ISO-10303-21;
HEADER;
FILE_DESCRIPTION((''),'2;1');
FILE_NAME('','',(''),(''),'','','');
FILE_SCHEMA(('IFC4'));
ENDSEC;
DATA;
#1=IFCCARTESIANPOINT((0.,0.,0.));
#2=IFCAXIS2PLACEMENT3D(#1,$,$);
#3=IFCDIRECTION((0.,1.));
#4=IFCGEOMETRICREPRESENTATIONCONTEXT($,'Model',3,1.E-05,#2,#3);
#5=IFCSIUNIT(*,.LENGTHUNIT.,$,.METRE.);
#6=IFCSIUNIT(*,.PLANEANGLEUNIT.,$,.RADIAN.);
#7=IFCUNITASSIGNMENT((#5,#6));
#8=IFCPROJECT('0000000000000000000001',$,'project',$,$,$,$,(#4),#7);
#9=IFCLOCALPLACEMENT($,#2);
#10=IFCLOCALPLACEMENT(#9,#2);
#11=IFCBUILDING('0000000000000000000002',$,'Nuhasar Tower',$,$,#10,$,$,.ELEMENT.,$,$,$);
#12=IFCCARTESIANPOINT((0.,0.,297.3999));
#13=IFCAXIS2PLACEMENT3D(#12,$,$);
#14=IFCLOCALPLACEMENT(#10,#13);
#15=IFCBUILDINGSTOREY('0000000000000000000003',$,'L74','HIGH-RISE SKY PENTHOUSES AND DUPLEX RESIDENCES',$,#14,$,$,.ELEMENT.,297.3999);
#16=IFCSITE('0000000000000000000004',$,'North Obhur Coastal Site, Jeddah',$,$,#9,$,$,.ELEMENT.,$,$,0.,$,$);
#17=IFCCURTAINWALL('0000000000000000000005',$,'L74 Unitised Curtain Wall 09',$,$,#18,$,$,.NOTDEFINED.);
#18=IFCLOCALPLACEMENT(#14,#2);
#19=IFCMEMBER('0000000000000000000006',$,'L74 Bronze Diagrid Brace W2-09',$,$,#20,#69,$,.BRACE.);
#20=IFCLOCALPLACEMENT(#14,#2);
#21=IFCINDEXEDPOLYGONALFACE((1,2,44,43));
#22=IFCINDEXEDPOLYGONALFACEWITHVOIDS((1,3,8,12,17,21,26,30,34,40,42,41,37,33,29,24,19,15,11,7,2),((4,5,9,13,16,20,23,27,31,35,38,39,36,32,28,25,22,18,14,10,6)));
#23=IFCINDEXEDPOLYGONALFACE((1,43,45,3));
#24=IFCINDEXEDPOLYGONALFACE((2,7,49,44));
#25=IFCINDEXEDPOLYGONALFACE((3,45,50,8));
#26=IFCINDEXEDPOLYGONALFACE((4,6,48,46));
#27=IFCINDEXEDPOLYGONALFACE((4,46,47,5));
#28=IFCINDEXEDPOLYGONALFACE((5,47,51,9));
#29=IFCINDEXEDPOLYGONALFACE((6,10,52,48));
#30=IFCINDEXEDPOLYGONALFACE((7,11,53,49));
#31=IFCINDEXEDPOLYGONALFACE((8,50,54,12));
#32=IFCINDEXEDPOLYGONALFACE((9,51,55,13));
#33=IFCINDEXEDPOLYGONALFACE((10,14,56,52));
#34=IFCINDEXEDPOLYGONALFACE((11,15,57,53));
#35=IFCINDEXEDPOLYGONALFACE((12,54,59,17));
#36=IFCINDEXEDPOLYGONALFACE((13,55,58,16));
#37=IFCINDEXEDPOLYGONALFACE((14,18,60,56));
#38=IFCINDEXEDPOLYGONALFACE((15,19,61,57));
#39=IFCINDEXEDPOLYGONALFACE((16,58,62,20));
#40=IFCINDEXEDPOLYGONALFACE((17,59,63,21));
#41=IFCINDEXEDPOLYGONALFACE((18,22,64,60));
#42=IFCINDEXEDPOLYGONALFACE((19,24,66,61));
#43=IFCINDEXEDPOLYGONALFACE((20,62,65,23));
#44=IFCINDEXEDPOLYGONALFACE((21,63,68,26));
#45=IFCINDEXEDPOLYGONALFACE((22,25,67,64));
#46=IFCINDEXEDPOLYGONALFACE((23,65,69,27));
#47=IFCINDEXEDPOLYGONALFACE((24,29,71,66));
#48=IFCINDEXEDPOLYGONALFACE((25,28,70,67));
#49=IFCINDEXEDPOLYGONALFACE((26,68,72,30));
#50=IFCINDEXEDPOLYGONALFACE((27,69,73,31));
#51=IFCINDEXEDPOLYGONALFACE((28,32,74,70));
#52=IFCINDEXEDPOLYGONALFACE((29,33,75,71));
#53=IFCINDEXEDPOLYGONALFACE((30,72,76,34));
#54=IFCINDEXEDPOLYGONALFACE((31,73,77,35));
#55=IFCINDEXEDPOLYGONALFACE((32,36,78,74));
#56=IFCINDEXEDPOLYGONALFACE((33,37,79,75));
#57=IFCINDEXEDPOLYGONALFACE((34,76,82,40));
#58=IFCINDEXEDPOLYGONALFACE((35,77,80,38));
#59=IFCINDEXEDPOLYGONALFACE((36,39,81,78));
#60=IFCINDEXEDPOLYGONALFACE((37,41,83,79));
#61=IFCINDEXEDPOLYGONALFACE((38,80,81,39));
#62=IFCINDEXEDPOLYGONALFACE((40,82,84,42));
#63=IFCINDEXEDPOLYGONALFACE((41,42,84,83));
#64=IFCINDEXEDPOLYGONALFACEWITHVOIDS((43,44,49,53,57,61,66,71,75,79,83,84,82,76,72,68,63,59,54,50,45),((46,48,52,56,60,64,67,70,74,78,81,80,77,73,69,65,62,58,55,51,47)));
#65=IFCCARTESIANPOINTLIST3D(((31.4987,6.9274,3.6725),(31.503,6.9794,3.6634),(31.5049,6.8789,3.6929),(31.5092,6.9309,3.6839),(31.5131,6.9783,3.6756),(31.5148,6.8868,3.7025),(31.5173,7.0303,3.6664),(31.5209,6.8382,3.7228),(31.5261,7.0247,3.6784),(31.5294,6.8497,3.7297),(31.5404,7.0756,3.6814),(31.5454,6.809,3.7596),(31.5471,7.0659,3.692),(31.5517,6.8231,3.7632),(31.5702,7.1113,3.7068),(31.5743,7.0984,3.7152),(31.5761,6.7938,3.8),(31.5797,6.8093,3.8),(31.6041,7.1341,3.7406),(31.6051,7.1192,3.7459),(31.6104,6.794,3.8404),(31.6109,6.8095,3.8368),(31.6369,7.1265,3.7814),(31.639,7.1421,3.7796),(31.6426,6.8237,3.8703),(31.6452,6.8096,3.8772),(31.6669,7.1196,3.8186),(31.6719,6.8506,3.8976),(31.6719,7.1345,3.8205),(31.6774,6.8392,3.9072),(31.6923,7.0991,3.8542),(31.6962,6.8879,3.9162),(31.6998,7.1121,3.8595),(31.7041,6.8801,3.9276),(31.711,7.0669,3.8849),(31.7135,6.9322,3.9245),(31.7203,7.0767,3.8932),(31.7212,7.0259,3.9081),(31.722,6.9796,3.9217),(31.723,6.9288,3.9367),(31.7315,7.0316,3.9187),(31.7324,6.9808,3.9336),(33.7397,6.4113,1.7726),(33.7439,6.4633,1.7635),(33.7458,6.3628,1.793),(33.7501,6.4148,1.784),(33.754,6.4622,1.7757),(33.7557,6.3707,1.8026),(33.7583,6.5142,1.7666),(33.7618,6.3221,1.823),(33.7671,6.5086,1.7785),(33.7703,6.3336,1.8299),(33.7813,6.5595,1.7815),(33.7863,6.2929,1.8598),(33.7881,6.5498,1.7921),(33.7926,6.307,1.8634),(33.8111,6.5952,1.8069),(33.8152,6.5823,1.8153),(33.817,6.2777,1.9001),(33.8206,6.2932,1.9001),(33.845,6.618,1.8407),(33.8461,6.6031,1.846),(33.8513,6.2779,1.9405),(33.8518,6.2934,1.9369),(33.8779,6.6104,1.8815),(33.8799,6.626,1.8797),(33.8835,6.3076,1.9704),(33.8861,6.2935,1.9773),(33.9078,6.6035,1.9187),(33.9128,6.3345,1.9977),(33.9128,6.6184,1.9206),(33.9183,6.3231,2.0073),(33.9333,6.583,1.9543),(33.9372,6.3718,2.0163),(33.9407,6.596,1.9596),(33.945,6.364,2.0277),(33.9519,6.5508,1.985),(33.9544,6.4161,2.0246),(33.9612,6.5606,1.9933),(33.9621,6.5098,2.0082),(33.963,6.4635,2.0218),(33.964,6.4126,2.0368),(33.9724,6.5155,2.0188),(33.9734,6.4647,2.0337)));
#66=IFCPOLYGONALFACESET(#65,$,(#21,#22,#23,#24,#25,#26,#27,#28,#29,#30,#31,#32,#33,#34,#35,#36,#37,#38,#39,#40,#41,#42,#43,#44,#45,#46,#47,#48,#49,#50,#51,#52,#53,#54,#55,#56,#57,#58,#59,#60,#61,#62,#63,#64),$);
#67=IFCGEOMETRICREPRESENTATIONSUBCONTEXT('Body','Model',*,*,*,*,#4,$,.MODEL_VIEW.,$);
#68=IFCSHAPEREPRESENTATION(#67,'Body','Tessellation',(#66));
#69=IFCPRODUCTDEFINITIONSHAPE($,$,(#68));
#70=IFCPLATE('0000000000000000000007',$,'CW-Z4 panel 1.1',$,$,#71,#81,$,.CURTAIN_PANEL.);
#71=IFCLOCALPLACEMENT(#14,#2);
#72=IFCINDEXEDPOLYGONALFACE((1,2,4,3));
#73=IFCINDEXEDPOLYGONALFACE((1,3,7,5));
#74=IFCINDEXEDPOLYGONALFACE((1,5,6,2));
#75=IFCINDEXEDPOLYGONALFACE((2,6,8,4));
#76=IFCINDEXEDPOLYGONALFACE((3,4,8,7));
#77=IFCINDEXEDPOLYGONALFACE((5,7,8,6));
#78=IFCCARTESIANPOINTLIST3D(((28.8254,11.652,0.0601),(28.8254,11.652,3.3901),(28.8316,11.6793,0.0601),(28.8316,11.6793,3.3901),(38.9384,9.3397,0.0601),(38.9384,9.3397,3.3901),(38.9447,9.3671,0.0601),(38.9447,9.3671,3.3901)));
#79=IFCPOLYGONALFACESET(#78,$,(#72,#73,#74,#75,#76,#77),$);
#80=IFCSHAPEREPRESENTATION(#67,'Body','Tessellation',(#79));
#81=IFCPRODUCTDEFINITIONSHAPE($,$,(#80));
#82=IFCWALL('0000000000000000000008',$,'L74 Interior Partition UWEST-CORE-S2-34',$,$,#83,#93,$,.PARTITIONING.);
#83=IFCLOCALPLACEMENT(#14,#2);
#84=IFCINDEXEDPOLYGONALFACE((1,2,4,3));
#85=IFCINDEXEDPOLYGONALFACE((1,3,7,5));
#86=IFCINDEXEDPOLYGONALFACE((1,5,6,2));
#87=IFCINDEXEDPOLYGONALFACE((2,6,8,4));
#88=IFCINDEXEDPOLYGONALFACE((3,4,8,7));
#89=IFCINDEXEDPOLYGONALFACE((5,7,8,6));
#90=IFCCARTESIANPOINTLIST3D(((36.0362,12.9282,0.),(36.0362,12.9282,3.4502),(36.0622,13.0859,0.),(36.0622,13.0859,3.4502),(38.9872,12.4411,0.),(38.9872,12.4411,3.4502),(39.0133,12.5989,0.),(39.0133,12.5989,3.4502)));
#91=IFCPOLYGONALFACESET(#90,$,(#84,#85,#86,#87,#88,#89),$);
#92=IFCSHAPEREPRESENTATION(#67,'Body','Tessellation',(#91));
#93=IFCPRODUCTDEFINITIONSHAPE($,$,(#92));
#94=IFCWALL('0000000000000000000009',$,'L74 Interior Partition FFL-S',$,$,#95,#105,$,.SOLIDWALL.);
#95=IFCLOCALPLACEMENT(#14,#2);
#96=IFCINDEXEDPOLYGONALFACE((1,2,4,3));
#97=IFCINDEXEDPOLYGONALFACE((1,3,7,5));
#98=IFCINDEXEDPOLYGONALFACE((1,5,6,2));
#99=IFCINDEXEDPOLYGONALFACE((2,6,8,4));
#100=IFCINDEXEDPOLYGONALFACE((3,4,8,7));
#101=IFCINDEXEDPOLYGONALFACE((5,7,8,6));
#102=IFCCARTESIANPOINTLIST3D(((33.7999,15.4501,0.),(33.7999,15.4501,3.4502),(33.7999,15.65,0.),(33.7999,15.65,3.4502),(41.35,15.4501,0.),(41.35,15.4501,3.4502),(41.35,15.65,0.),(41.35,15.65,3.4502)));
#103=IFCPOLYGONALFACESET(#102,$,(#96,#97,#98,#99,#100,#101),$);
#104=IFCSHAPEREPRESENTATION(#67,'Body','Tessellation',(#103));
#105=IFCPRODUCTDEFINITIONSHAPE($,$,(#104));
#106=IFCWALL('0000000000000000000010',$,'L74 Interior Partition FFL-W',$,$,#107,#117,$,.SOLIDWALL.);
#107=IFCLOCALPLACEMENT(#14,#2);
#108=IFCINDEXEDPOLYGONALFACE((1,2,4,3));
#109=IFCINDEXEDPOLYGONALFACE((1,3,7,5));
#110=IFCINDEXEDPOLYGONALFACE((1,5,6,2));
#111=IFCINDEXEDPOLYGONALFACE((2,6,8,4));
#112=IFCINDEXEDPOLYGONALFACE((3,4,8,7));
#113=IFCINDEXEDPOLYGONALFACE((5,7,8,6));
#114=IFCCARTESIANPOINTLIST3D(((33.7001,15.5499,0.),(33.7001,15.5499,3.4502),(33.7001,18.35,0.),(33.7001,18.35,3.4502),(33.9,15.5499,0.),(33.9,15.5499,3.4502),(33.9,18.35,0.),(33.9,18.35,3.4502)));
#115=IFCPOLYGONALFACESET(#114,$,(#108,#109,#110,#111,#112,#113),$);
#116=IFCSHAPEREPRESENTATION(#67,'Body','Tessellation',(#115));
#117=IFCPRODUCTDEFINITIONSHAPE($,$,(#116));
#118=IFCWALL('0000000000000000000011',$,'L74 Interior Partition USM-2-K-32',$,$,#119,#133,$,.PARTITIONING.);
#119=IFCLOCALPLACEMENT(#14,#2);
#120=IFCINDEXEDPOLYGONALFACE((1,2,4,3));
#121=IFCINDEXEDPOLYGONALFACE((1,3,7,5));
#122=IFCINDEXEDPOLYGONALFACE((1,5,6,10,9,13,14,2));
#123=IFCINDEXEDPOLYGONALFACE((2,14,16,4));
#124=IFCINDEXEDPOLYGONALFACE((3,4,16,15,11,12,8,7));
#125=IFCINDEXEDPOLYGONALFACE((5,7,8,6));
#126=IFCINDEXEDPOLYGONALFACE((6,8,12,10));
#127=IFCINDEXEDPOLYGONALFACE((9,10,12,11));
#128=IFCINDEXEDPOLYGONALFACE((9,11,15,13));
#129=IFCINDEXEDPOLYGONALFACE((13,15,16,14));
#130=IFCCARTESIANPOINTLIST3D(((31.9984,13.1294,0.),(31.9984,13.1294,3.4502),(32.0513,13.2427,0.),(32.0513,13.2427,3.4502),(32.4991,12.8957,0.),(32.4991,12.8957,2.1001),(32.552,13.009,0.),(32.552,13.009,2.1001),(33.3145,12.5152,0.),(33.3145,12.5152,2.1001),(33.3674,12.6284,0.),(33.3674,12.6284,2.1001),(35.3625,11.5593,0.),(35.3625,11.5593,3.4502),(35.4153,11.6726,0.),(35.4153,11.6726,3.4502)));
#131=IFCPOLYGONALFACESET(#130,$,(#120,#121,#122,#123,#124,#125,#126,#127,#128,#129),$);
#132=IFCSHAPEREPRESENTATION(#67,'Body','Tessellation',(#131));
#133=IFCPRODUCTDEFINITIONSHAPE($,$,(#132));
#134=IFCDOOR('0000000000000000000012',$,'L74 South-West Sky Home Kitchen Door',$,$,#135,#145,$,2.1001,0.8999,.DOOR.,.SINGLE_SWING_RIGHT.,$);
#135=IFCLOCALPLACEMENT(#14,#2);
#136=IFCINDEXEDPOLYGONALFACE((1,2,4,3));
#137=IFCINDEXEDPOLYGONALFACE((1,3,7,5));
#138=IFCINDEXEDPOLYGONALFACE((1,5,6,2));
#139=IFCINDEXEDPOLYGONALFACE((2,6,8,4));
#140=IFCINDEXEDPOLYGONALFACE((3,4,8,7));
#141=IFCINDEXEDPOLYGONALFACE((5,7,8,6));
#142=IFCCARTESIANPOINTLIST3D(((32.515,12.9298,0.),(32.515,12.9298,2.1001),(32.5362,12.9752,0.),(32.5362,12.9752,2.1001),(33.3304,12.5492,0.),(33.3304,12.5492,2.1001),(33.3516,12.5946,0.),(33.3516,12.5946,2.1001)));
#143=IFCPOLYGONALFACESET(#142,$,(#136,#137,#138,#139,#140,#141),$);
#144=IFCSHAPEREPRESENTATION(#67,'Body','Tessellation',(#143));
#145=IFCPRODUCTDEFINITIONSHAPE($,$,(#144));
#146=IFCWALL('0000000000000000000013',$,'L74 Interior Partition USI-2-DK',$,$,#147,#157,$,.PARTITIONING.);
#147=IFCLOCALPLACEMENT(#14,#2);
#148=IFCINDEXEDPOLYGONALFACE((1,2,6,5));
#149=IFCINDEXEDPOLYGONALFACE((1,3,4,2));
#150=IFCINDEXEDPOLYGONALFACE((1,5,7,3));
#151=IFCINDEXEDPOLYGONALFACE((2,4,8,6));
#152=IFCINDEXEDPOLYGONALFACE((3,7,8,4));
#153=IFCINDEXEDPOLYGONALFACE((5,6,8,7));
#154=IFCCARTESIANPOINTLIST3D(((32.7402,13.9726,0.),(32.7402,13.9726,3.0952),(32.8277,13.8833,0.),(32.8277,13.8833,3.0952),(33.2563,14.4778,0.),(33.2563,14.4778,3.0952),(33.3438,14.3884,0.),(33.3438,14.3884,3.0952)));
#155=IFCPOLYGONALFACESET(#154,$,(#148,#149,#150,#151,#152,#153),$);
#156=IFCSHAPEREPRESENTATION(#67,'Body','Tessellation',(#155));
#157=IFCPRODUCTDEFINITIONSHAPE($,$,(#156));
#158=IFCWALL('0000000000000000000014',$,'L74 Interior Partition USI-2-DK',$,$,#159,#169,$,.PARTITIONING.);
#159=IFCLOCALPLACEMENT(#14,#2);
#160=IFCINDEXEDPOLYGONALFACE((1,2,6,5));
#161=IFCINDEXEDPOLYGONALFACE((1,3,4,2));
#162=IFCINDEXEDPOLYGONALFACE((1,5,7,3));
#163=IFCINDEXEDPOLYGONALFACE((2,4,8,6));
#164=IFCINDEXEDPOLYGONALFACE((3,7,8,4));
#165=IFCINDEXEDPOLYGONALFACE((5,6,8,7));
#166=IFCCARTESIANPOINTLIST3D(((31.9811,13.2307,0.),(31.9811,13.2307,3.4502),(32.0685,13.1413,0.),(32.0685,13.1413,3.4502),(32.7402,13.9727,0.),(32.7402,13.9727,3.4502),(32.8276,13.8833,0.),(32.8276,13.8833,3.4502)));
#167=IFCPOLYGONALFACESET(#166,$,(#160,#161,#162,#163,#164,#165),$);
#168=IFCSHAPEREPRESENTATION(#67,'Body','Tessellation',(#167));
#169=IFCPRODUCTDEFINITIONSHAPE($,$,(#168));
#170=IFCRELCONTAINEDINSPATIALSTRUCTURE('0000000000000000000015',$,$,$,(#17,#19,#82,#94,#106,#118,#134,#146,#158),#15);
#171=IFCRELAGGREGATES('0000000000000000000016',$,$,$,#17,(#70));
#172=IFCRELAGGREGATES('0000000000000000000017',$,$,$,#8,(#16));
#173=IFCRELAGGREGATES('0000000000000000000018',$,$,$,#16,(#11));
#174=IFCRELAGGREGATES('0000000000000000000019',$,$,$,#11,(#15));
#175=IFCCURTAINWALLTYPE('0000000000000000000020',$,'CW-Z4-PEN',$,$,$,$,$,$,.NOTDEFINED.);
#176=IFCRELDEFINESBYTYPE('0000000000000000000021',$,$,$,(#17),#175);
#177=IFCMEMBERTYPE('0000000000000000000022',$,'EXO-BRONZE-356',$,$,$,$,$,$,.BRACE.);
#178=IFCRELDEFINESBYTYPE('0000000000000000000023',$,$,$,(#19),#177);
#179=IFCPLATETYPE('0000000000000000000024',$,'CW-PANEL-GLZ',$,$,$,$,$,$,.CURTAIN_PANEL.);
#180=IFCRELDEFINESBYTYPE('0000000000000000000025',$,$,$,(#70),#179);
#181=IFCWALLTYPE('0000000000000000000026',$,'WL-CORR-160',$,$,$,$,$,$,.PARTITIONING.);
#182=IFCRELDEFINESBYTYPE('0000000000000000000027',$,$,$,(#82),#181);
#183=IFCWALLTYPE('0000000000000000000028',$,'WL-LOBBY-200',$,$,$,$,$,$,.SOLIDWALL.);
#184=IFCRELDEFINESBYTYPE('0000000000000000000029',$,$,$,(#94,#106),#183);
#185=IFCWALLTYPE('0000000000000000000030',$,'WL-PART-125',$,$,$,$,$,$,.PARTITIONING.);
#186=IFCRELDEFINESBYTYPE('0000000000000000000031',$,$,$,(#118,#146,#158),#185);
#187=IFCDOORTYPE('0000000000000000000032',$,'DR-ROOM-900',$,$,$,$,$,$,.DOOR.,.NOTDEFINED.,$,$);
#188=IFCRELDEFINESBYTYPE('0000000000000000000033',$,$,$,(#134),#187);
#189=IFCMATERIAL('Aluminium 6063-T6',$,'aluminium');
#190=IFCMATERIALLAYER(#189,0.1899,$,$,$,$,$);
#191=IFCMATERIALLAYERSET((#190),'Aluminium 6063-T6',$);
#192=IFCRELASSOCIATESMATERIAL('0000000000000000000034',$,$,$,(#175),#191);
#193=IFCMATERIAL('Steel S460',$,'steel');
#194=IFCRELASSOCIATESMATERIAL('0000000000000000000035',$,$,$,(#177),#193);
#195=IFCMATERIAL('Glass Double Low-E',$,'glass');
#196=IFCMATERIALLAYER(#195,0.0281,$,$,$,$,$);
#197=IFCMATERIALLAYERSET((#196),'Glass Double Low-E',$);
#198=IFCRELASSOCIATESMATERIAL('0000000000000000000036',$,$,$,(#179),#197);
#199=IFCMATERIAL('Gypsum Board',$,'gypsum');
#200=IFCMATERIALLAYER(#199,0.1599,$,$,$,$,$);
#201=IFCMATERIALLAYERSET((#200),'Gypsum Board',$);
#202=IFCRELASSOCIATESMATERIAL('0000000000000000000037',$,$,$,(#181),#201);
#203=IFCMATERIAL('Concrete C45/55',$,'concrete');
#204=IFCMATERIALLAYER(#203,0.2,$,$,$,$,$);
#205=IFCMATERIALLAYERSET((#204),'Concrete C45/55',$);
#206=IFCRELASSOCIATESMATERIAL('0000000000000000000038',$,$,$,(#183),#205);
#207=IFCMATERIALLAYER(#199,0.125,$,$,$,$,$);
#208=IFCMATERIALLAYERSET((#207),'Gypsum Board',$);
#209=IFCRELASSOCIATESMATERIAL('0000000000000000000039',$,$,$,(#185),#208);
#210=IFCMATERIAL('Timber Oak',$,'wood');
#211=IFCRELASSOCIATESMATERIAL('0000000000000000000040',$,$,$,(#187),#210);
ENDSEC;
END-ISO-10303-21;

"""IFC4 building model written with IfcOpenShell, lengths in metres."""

from ifc_helpers import new_model, si_unit, direction, frame, frame_2d, origin, origin_2d, place, context, subcontext, project, spatial, rectangle, hollow_circle, extrude, material, layer, layer_set, material_profile, profile_set, type_object, element, fill, aggregate, save


model = new_model("IFC4")

# Units and contexts
model_context = context("Model", 3, precision=1e-05, world=origin(), true_north=direction((0.0, 1.0)))
body_context = subcontext(model_context, "Body", "Model", "MODEL_VIEW")
ifc_project = project(units=[si_unit("LENGTHUNIT", "METRE"), si_unit("PLANEANGLEUNIT", "RADIAN")], contexts=[model_context])

# Site, building, storey
site_placement = place(None, origin())
site = spatial("IfcSite", under=ifc_project, at=site_placement, Name="North Obhur Coastal Site, Jeddah", CompositionType="ELEMENT", RefElevation=0.0)
building_placement = place(site_placement, origin())
building = spatial("IfcBuilding", under=site, at=building_placement, Name="Nuhasar Tower", CompositionType="ELEMENT")
storey_placement = place(building_placement, frame((0.0, 0.0, 297.3999)))
storey = spatial("IfcBuildingStorey", under=building, at=storey_placement, Name="L74", Description="HIGH-RISE SKY PENTHOUSES AND DUPLEX RESIDENCES", CompositionType="ELEMENT", Elevation=297.3999)

# Curtain wall
ifc_material_1 = material(Name="Aluminium 6063-T6", Category="aluminium")
ifc_layer_1 = layer(ifc_material_1, 0.1899)
ifc_layer_set_1 = layer_set([ifc_layer_1], Name="Aluminium 6063-T6")
curtain_wall_type = type_object("IfcCurtainWallType", Name="CW-Z4-PEN", PredefinedType="NOTDEFINED", material=ifc_layer_set_1)
curtain_wall_placement = place(storey_placement, origin())
curtain_wall = element("IfcCurtainWall", 1, at=curtain_wall_placement, inside=storey, type_object=curtain_wall_type, Name="L74 Unitised Curtain Wall 09", PredefinedType="NOTDEFINED")

# Member
ifc_material_2 = material(Name="Steel S460", Category="steel")
ifc_material_profile_1 = material_profile(ifc_material_2, hollow_circle(Radius=0.1777, WallThickness=0.0159, at=origin_2d()), Name="HSS355.6X15.9")
ifc_profile_set_1 = profile_set([ifc_material_profile_1], Name="Steel S460")
member_type_1 = type_object("IfcMemberType", Name="EXO-BRONZE-356", PredefinedType="BRACE", material=ifc_profile_set_1)
member_1_placement = place(storey_placement, frame((33.8569, 6.4509, 1.9001), z_axis=(-0.751261, 0.173022, 0.636923), x_axis=(-0.224433, -0.97449, 0.0)))
element("IfcMember", 2, at=member_1_placement, inside=storey, type_object=member_type_1, Name="L74 Bronze Diagrid Brace W2-09", PredefinedType="BRACE", context=body_context, shape_type="SweptSolid", body=[
    extrude(hollow_circle(Radius=0.1777, WallThickness=0.0159, at=origin_2d()), origin(), (0.0, 0.0, 1.0), 2.9829),
])

# Plate
ifc_material_3 = material(Name="Glass Double Low-E", Category="glass")
ifc_layer_2 = layer(ifc_material_3, 0.0281)
ifc_layer_set_2 = layer_set([ifc_layer_2], Name="Glass Double Low-E")
plate_type = type_object("IfcPlateType", Name="CW-PANEL-GLZ", PredefinedType="CURTAIN_PANEL", material=ifc_layer_set_2)
plate_placement = place(storey_placement, frame((33.885, 10.5095, 0.0601), z_axis=(0.0, 0.0, 1.0), x_axis=(0.974844, -0.222889, 0.0)))
plate = element("IfcPlate", 3, at=plate_placement, type_object=plate_type, Name="CW-Z4 panel 1.1", PredefinedType="CURTAIN_PANEL", context=body_context, shape_type="SweptSolid", body=[
    extrude(rectangle(XDim=10.374, YDim=0.0281, at=origin_2d()), origin(), (0.0, 0.0, 1.0), 3.3301),
])
aggregate(curtain_wall, [plate])

# Walls
ifc_material_4 = material(Name="Gypsum Board", Category="gypsum")
ifc_layer_3 = layer(ifc_material_4, 0.1599)
ifc_layer_set_3 = layer_set([ifc_layer_3], Name="Gypsum Board")
wall_type_1 = type_object("IfcWallType", Name="WL-CORR-160", PredefinedType="PARTITIONING", material=ifc_layer_set_3)
wall_1_placement = place(storey_placement, frame((36.0491, 13.0071, 0.0), z_axis=(0.0, 0.0, 1.0), x_axis=(0.986651, -0.16285, 0.0)))
element("IfcWall", 4, at=wall_1_placement, inside=storey, type_object=wall_type_1, Name="L74 Interior Partition UWEST-CORE-S2-34", PredefinedType="PARTITIONING", context=body_context, shape_type="SweptSolid", body=[
    extrude(rectangle(XDim=2.991, YDim=0.1599, at=frame_2d((1.4956, 0.0))), origin(), (0.0, 0.0, 1.0), 3.4502),
])
ifc_material_5 = material(Name="Concrete C45/55", Category="concrete")
ifc_layer_4 = layer(ifc_material_5, 0.2)
ifc_layer_set_4 = layer_set([ifc_layer_4], Name="Concrete C45/55")
wall_type_2 = type_object("IfcWallType", Name="WL-LOBBY-200", PredefinedType="SOLIDWALL", material=ifc_layer_set_4)
wall_2_placement = place(storey_placement, frame((33.8, 15.55, 0.0), z_axis=(0.0, 0.0, 1.0), x_axis=(1.0, 0.0, 0.0)))
element("IfcWall", 5, at=wall_2_placement, inside=storey, type_object=wall_type_2, Name="L74 Interior Partition FFL-S", PredefinedType="SOLIDWALL", context=body_context, shape_type="SweptSolid", body=[
    extrude(rectangle(XDim=7.55, YDim=0.2, at=frame_2d((3.7749, 0.0))), origin(), (0.0, 0.0, 1.0), 3.4502),
])
wall_3_placement = place(storey_placement, frame((33.8, 15.55, 0.0), z_axis=(0.0, 0.0, 1.0), x_axis=(0.0, 1.0, 0.0)))
element("IfcWall", 6, at=wall_3_placement, inside=storey, type_object=wall_type_2, Name="L74 Interior Partition FFL-W", PredefinedType="SOLIDWALL", context=body_context, shape_type="SweptSolid", body=[
    extrude(rectangle(XDim=2.8, YDim=0.2, at=frame_2d((1.3999, 0.0))), origin(), (0.0, 0.0, 1.0), 3.4502),
])

# Wall, opening, door
ifc_layer_5 = layer(ifc_material_4, 0.125)
ifc_layer_set_5 = layer_set([ifc_layer_5], Name="Gypsum Board")
wall_type_3 = type_object("IfcWallType", Name="WL-PART-125", PredefinedType="PARTITIONING", material=ifc_layer_set_5)
wall_4_placement = place(storey_placement, frame((35.3889, 11.616, 0.0), z_axis=(0.0, 0.0, 1.0), x_axis=(-0.906163, 0.422929, 0.0)))
wall_4 = element("IfcWall", 7, at=wall_4_placement, inside=storey, type_object=wall_type_3, Name="L74 Interior Partition USM-2-K-32", PredefinedType="PARTITIONING", context=body_context, shape_type="SweptSolid", body=[
    extrude(rectangle(XDim=3.7124, YDim=0.125, at=frame_2d((1.8562, 0.0))), origin(), (0.0, 0.0, 1.0), 3.4502),
])
opening_1_placement = place(wall_4_placement, frame((2.26, 0.0, 0.0)))
opening_1 = element("IfcOpeningElement", 8, at=opening_1_placement, cuts=wall_4, PredefinedType="OPENING", context=body_context, shape_type="SweptSolid", body=[
    extrude(rectangle(XDim=0.8999, YDim=2.1001, at=frame_2d((0.45, 1.05))), frame((0.0, 0.0725, 0.0), z_axis=(0.0, -1.0, 0.0), x_axis=(1.0, 0.0, 0.0)), (0.0, 0.0, 1.0), 0.145),
])
ifc_material_6 = material(Name="Timber Oak", Category="wood")
door_type = type_object("IfcDoorType", Name="DR-ROOM-900", OperationType="NOTDEFINED", PredefinedType="DOOR", material=ifc_material_6)
door_1_placement = place(opening_1_placement, origin())
door_1 = element("IfcDoor", 9, at=door_1_placement, inside=storey, type_object=door_type, Name="L74 South-West Sky Home Kitchen Door", OperationType="SINGLE_SWING_RIGHT", OverallHeight=2.1001, OverallWidth=0.8999, PredefinedType="DOOR", context=body_context, shape_type="SweptSolid", body=[
    extrude(rectangle(XDim=0.8999, YDim=2.1001, at=frame_2d((0.45, 1.05))), frame((0.0, 0.0249, 0.0), z_axis=(0.0, -1.0, 0.0), x_axis=(1.0, 0.0, 0.0)), (0.0, 0.0, 1.0), 0.05),
])
fill(opening_1, door_1)

# Walls
wall_5_placement = place(storey_placement, frame((33.3, 14.4331, 0.0), z_axis=(0.0, 0.0, 1.0), x_axis=(-0.714672, -0.699459, 0.0)))
element("IfcWall", 10, at=wall_5_placement, inside=storey, type_object=wall_type_3, Name="L74 Interior Partition USI-2-DK", PredefinedType="PARTITIONING", context=body_context, shape_type="SweptSolid", body=[
    extrude(rectangle(XDim=0.7222, YDim=0.125, at=frame_2d((0.3611, 0.0))), origin(), (0.0, 0.0, 1.0), 3.0952),
])
wall_6_placement = place(storey_placement, frame((32.7839, 13.928, 0.0), z_axis=(0.0, 0.0, 1.0), x_axis=(-0.715111, -0.69901, 0.0)))
element("IfcWall", 11, at=wall_6_placement, inside=storey, type_object=wall_type_3, Name="L74 Interior Partition USI-2-DK", PredefinedType="PARTITIONING", context=body_context, shape_type="SweptSolid", body=[
    extrude(rectangle(XDim=1.0615, YDim=0.125, at=frame_2d((0.5308, 0.0))), origin(), (0.0, 0.0, 1.0), 3.4502),
])

save(model, "model.ifc")
